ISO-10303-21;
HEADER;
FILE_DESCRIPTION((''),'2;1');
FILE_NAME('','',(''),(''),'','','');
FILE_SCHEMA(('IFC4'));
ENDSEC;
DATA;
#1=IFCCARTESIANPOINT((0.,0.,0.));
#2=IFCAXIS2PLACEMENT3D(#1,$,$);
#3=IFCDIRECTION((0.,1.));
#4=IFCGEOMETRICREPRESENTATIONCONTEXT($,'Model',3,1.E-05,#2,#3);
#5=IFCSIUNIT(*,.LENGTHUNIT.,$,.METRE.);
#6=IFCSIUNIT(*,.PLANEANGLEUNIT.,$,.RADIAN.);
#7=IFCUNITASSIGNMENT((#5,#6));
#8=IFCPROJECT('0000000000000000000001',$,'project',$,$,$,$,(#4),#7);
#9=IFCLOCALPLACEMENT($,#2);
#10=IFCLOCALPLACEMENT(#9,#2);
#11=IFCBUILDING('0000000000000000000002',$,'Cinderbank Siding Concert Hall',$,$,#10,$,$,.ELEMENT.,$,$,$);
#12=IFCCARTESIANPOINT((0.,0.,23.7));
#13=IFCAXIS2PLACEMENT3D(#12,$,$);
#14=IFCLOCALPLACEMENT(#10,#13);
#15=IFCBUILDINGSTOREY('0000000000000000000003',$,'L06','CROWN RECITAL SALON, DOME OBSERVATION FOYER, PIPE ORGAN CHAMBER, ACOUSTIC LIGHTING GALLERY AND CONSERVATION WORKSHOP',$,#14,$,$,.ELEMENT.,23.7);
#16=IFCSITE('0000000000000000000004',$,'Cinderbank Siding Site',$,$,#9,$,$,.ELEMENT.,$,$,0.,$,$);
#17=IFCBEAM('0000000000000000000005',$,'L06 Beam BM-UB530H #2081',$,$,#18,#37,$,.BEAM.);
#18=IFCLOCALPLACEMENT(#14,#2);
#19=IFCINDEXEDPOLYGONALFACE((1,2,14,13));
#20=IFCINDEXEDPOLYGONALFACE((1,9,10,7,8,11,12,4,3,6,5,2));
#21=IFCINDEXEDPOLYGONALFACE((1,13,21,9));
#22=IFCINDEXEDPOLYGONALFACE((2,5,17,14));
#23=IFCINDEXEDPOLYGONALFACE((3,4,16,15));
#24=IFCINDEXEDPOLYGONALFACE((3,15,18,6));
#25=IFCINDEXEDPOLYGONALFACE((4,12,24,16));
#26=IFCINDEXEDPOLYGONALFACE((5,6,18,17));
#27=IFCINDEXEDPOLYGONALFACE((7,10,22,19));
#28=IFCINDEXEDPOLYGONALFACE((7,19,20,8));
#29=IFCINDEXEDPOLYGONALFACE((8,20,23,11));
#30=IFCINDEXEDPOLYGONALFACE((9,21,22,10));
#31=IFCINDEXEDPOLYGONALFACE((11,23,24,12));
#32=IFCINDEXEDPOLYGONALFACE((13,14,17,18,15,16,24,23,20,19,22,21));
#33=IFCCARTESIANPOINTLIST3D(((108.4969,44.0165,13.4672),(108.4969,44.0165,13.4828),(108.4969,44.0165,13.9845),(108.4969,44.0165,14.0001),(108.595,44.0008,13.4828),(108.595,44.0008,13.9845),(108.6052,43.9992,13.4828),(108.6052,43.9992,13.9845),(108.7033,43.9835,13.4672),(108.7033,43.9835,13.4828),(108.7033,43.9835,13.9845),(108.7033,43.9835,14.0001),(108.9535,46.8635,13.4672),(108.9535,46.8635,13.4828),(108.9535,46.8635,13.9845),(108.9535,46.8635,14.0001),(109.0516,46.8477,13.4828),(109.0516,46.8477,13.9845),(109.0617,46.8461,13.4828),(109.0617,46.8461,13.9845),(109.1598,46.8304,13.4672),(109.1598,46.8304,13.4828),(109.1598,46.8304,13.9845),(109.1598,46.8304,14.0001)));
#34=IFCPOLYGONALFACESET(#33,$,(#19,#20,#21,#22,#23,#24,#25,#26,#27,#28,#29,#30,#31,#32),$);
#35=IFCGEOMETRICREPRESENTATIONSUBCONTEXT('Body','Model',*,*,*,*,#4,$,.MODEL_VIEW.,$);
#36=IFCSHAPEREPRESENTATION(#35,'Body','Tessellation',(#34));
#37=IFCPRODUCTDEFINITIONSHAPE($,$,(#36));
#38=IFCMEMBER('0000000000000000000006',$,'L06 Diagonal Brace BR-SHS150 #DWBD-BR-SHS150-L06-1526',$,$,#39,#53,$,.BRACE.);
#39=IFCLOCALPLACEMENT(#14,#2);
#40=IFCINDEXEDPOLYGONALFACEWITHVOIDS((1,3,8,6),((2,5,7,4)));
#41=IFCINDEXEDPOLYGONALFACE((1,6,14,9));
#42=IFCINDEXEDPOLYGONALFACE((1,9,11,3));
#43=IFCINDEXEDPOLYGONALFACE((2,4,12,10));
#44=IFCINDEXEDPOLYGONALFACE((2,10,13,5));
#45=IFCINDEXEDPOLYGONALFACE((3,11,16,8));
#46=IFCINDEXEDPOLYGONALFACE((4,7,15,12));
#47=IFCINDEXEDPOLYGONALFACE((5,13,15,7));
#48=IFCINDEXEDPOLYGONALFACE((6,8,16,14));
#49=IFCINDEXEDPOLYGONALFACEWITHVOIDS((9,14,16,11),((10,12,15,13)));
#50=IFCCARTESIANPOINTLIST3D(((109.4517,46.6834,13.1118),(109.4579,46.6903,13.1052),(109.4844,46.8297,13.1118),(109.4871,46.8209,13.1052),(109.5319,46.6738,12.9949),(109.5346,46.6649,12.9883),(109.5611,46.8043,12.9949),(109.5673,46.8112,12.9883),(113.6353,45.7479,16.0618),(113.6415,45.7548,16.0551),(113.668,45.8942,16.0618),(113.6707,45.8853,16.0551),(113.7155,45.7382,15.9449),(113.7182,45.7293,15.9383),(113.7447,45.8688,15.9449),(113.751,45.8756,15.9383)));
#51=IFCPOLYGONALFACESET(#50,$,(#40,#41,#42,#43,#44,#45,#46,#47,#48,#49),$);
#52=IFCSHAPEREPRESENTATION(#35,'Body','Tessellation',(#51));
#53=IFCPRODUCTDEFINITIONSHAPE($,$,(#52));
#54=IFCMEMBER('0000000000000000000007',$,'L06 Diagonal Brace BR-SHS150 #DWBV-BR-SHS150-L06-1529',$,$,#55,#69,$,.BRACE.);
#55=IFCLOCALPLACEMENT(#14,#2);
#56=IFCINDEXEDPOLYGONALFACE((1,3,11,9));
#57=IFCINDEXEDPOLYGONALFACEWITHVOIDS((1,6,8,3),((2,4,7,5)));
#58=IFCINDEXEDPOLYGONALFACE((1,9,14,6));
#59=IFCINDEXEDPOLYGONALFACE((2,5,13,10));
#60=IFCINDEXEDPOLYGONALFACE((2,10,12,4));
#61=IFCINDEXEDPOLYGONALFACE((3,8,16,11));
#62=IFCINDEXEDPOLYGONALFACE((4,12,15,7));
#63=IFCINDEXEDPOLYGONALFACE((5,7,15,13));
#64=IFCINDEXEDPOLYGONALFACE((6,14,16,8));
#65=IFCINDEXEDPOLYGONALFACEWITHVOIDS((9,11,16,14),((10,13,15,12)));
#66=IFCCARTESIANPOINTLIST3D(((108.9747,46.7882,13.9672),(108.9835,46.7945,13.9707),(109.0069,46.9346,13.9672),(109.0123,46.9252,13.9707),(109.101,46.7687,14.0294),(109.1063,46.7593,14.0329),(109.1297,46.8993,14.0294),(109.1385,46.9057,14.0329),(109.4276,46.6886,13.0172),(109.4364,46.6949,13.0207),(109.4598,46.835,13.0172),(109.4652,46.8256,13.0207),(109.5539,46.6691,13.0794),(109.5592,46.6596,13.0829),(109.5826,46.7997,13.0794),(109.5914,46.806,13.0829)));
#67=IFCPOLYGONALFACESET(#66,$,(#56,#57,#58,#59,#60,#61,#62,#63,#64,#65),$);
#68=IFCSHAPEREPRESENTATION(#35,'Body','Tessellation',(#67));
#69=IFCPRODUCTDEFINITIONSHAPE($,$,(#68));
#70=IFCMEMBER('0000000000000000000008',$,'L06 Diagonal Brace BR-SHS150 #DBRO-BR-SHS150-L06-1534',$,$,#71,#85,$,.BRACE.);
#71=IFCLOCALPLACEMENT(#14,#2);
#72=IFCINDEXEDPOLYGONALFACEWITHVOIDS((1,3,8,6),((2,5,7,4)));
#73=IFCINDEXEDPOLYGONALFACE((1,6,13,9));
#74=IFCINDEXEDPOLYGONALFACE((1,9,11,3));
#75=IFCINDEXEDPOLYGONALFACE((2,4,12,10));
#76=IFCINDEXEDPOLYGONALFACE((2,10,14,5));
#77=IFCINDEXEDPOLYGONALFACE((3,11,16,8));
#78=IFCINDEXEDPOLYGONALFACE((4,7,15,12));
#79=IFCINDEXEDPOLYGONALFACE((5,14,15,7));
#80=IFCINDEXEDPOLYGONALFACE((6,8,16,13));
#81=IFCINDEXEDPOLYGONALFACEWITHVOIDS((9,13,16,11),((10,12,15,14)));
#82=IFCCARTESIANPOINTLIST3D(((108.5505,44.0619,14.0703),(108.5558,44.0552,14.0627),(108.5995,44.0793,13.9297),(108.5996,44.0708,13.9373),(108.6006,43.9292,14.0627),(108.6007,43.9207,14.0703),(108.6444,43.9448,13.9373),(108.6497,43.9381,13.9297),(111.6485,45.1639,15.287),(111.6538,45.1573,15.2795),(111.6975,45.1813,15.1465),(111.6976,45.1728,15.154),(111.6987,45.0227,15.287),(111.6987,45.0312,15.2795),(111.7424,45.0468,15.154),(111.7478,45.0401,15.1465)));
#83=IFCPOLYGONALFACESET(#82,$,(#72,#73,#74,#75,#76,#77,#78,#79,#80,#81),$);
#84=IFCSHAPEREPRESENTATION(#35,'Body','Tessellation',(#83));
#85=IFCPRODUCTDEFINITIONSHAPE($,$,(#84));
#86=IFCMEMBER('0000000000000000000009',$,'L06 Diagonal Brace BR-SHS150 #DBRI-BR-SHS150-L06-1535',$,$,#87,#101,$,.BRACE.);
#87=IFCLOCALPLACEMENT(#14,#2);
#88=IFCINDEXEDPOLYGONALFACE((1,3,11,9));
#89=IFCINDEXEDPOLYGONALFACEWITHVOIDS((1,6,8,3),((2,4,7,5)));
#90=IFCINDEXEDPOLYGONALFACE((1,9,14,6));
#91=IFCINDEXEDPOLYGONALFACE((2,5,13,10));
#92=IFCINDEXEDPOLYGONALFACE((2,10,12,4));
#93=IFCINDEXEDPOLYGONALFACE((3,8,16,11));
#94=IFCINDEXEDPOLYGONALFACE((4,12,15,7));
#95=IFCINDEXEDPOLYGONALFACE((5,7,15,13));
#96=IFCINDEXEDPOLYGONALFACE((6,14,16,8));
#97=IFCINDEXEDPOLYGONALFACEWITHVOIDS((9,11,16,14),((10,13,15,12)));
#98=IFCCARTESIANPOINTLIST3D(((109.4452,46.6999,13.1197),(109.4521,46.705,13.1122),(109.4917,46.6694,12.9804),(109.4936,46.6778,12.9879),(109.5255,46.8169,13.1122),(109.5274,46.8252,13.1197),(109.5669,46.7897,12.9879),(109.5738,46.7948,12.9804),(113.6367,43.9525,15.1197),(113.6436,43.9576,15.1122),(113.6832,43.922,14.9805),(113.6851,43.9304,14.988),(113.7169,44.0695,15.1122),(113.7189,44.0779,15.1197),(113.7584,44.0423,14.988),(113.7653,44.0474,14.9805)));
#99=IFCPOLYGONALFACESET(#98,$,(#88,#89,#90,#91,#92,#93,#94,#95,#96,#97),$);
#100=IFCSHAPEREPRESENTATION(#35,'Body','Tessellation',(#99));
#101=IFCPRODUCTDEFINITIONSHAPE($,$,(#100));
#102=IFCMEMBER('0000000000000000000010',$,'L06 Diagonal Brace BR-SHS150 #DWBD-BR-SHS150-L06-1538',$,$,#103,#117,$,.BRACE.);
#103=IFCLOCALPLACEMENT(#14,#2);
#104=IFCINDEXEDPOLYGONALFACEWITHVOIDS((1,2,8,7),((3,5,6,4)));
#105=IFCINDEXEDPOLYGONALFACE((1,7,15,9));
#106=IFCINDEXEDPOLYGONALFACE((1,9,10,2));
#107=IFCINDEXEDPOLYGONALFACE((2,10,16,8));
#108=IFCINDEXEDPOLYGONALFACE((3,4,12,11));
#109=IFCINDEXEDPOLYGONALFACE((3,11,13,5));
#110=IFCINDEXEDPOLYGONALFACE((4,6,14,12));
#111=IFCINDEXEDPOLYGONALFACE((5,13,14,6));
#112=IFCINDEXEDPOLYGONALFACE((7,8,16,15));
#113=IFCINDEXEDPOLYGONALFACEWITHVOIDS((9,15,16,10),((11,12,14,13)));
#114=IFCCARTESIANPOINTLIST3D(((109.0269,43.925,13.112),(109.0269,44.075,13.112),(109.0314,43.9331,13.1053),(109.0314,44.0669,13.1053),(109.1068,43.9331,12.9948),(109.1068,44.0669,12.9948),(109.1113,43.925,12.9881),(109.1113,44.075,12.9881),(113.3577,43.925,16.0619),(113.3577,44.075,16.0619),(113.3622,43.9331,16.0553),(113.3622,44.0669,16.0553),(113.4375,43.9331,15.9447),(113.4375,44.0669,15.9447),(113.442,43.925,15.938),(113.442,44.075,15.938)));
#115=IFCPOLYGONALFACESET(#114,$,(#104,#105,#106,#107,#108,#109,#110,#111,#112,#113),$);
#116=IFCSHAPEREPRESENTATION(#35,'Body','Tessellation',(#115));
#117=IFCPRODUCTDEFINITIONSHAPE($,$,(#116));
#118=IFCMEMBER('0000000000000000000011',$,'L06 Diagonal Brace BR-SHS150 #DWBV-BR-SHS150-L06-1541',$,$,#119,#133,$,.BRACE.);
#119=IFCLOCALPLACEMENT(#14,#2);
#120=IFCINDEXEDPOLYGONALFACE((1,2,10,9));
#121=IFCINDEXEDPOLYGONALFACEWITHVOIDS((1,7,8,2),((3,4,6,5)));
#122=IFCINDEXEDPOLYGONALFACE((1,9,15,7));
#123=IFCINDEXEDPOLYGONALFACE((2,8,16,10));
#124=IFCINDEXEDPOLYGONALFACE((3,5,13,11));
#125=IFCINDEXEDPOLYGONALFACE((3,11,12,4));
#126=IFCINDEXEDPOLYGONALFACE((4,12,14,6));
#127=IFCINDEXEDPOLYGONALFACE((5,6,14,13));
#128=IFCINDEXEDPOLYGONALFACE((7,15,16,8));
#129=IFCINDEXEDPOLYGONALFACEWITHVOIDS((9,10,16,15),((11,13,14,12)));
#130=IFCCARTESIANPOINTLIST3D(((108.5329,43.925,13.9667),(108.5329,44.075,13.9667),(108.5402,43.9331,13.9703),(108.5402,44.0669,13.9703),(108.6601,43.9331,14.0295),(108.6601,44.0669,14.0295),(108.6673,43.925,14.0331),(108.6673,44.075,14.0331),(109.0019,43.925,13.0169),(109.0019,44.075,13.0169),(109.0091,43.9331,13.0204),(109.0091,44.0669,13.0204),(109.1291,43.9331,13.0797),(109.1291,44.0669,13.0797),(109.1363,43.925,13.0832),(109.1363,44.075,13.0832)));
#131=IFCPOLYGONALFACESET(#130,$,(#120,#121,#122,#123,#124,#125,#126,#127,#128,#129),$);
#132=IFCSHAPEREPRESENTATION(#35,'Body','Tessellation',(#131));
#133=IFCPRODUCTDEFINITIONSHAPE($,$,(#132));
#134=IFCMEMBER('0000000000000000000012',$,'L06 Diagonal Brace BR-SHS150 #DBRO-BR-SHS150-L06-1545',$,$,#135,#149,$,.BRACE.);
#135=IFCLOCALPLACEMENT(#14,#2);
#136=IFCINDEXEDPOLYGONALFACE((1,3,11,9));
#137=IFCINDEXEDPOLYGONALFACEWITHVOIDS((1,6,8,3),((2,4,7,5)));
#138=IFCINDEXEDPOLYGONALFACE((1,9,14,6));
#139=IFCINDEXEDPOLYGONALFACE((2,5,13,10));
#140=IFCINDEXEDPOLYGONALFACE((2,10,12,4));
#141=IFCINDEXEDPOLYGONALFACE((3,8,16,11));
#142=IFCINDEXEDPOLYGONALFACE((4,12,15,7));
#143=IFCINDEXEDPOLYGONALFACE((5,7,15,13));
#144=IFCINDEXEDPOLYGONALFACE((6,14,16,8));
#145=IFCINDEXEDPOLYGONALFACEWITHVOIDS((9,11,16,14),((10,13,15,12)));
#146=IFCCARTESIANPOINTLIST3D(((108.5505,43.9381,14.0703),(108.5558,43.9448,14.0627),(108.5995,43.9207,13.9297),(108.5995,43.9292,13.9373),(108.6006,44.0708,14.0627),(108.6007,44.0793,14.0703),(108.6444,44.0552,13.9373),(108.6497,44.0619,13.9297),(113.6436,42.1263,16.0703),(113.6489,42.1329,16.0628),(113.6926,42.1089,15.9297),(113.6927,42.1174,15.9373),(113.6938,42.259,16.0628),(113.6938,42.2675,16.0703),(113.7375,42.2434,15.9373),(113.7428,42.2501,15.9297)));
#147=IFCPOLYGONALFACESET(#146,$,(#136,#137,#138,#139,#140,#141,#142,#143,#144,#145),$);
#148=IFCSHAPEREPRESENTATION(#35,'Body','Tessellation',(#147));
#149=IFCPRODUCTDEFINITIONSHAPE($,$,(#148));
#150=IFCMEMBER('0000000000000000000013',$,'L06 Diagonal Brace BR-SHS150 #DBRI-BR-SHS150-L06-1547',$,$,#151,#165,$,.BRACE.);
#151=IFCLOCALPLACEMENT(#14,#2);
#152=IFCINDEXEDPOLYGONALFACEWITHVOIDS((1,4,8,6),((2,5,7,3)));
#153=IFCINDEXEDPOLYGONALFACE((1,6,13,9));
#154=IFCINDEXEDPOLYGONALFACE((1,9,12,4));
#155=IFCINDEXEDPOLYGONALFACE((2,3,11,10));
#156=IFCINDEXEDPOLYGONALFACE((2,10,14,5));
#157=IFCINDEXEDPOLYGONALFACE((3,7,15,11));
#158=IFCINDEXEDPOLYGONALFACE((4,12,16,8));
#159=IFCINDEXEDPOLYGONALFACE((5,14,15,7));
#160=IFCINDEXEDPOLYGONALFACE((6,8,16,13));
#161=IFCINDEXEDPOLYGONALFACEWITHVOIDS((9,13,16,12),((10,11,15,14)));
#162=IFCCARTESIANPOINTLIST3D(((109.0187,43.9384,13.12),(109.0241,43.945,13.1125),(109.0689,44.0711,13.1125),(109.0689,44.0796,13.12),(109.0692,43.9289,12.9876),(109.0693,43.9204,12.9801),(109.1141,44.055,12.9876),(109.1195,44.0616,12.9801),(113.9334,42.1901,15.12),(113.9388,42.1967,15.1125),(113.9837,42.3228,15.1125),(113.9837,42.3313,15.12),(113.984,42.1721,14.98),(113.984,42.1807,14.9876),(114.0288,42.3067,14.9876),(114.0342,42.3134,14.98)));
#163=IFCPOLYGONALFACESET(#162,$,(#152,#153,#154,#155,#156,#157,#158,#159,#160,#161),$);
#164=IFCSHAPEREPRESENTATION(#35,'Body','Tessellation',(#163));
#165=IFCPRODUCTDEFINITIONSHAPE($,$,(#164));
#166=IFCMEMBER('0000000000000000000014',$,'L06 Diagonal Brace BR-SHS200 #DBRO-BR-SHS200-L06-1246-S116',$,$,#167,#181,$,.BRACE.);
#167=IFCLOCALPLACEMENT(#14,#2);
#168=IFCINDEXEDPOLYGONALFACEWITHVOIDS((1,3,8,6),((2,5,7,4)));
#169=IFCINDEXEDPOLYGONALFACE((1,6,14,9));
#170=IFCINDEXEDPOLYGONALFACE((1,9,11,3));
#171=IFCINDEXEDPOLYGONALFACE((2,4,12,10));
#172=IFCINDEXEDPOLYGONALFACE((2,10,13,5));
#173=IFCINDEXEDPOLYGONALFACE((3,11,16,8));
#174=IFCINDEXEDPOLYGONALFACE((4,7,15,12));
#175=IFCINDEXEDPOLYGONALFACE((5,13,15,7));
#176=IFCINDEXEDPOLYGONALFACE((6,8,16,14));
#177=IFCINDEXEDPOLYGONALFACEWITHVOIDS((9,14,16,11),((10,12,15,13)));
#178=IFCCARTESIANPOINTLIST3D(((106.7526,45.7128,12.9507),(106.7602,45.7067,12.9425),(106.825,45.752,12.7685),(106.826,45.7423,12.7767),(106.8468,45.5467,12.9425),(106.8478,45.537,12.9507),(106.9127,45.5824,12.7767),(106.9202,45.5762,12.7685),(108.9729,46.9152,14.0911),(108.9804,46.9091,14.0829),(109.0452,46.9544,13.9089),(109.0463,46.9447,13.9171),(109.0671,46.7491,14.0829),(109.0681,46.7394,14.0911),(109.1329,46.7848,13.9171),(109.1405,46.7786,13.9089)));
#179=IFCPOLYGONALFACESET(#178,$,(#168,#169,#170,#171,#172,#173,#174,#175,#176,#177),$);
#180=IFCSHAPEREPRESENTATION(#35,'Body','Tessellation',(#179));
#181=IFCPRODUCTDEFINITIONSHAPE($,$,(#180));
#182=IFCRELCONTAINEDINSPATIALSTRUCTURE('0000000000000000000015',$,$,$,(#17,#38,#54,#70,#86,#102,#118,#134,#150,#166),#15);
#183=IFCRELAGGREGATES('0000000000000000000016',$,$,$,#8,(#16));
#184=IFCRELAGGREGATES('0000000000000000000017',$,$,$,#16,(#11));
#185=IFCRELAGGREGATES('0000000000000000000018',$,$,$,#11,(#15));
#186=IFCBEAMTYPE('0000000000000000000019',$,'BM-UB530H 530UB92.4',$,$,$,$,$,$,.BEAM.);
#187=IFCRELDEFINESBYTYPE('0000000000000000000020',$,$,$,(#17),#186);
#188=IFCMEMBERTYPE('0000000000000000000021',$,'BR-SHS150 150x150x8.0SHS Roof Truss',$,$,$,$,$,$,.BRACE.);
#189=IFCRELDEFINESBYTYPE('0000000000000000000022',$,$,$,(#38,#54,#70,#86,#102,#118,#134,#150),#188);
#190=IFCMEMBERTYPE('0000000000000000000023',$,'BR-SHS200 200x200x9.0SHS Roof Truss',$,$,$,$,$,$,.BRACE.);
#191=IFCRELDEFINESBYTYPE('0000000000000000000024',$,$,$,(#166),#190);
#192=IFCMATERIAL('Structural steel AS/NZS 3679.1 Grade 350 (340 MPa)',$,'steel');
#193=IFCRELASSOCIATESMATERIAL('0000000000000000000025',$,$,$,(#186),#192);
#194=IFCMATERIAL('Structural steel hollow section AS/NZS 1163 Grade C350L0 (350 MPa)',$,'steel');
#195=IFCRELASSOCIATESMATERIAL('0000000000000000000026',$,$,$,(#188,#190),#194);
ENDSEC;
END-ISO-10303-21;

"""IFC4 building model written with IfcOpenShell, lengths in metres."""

from ifc_helpers import new_model, si_unit, direction, frame, origin, origin_2d, place, context, subcontext, project, spatial, hollow_rectangle, i_section, extrude, material, material_profile, profile_set, type_object, element, save


model = new_model("IFC4")

# Units and contexts
model_context = context("Model", 3, precision=1e-05, world=origin(), true_north=direction((0.0, 1.0)))
body_context = subcontext(model_context, "Body", "Model", "MODEL_VIEW")
ifc_project = project(units=[si_unit("LENGTHUNIT", "METRE"), si_unit("PLANEANGLEUNIT", "RADIAN")], contexts=[model_context])

# Site, building, storey
site_placement = place(None, origin())
site = spatial("IfcSite", under=ifc_project, at=site_placement, Name="Cinderbank Siding Site", CompositionType="ELEMENT", RefElevation=0.0)
building_placement = place(site_placement, origin())
building = spatial("IfcBuilding", under=site, at=building_placement, Name="Cinderbank Siding Concert Hall", CompositionType="ELEMENT")
storey_placement = place(building_placement, frame((0.0, 0.0, 23.7)))
storey = spatial("IfcBuildingStorey", under=building, at=storey_placement, Name="L06", Description="CROWN RECITAL SALON, DOME OBSERVATION FOYER, PIPE ORGAN CHAMBER, ACOUSTIC LIGHTING GALLERY AND CONSERVATION WORKSHOP", CompositionType="ELEMENT", Elevation=23.7)

# Beam
ifc_material_1 = material(Name="Structural steel AS/NZS 3679.1 Grade 350 (340 MPa)", Category="steel")
ifc_material_profile_1 = material_profile(ifc_material_1, i_section(OverallWidth=0.209, OverallDepth=0.533, WebThickness=0.0103, FlangeThickness=0.0156, at=origin_2d()), Name="530UB92.4", Category="LoadBearing")
ifc_profile_set_1 = profile_set([ifc_material_profile_1], Name="Structural steel AS/NZS 3679.1 Grade 350 (340 MPa)")
beam_type = type_object("IfcBeamType", Name="BM-UB530H 530UB92.4", PredefinedType="BEAM", material=ifc_profile_set_1)
beam_placement = place(storey_placement, frame((109.0566, 46.8469, 13.7336), z_axis=(-0.158341, -0.987385, 0.0), x_axis=(0.987385, -0.158341, 0.0)))
element("IfcBeam", 1, at=beam_placement, inside=storey, type_object=beam_type, Name="L06 Beam BM-UB530H #2081", PredefinedType="BEAM", context=body_context, shape_type="SweptSolid", body=[
    extrude(i_section(OverallWidth=0.209, OverallDepth=0.533, WebThickness=0.0103, FlangeThickness=0.0156, at=origin_2d()), origin(), (0.0, 0.0, 1.0), 2.8833),
])

# Members
ifc_material_2 = material(Name="Structural steel hollow section AS/NZS 1163 Grade C350L0 (350 MPa)", Category="steel")
ifc_material_profile_2 = material_profile(ifc_material_2, hollow_rectangle(XDim=0.1499, YDim=0.1499, WallThickness=0.0081, at=origin_2d()), Name="150x150x8.0SHS", Category="LoadBearing")
ifc_profile_set_2 = profile_set([ifc_material_profile_2], Name="Structural steel hollow section AS/NZS 1163 Grade C350L0 (350 MPa)")
member_type_1 = type_object("IfcMemberType", Name="BR-SHS150 150x150x8.0SHS Roof Truss", PredefinedType="BRACE", material=ifc_profile_set_2)
member_1_placement = place(storey_placement, frame((109.5095, 46.7473, 13.05), z_axis=(0.803944, -0.17978, 0.56688), x_axis=(0.218233, 0.975897, 0.0)))
element("IfcMember", 2, at=member_1_placement, inside=storey, type_object=member_type_1, Name="L06 Diagonal Brace BR-SHS150 #DWBD-BR-SHS150-L06-1526", PredefinedType="BRACE", context=body_context, shape_type="SweptSolid", body=[
    extrude(hollow_rectangle(XDim=0.1499, YDim=0.1499, WallThickness=0.0081, at=origin_2d()), origin(), (0.0, 0.0, 1.0), 5.2039),
])
member_2_placement = place(storey_placement, frame((109.5095, 46.7473, 13.05), z_axis=(-0.428424, 0.09423, 0.898651), x_axis=(-0.214812, -0.976656, 0.0)))
element("IfcMember", 3, at=member_2_placement, inside=storey, type_object=member_type_1, Name="L06 Diagonal Brace BR-SHS150 #DWBV-BR-SHS150-L06-1529", PredefinedType="BRACE", context=body_context, shape_type="SweptSolid", body=[
    extrude(hollow_rectangle(XDim=0.1499, YDim=0.1499, WallThickness=0.0081, at=origin_2d()), origin(), (0.0, 0.0, 1.0), 1.0571),
])
member_3_placement = place(storey_placement, frame((108.6001, 44.0, 14.0), z_axis=(0.883613, 0.314313, 0.347039), x_axis=(-0.335141, 0.942168, 0.0)))
element("IfcMember", 4, at=member_3_placement, inside=storey, type_object=member_type_1, Name="L06 Diagonal Brace BR-SHS150 #DBRO-BR-SHS150-L06-1534", PredefinedType="BRACE", context=body_context, shape_type="SweptSolid", body=[
    extrude(hollow_rectangle(XDim=0.1499, YDim=0.1499, WallThickness=0.0081, at=origin_2d()), origin(), (0.0, 0.0, 1.0), 3.5061),
])
member_4_placement = place(storey_placement, frame((109.5095, 46.7473, 13.05), z_axis=(0.776778, -0.50915, 0.370653), x_axis=(0.548197, 0.836349, 0.0)))
element("IfcMember", 5, at=member_4_placement, inside=storey, type_object=member_type_1, Name="L06 Diagonal Brace BR-SHS150 #DBRI-BR-SHS150-L06-1535", PredefinedType="BRACE", context=body_context, shape_type="SweptSolid", body=[
    extrude(hollow_rectangle(XDim=0.1499, YDim=0.1499, WallThickness=0.0081, at=origin_2d()), origin(), (0.0, 0.0, 1.0), 5.396),
])
member_5_placement = place(storey_placement, frame((109.0691, 44.0, 13.05), z_axis=(0.826483, 0.0, 0.562962), x_axis=(0.0, 1.0, 0.0)))
element("IfcMember", 6, at=member_5_placement, inside=storey, type_object=member_type_1, Name="L06 Diagonal Brace BR-SHS150 #DWBD-BR-SHS150-L06-1538", PredefinedType="BRACE", context=body_context, shape_type="SweptSolid", body=[
    extrude(hollow_rectangle(XDim=0.1499, YDim=0.1499, WallThickness=0.0081, at=origin_2d()), origin(), (0.0, 0.0, 1.0), 5.24),
])
member_6_placement = place(storey_placement, frame((109.0691, 44.0, 13.05), z_axis=(-0.442691, 0.0, 0.896674), x_axis=(0.0, -1.0, 0.0)))
element("IfcMember", 7, at=member_6_placement, inside=storey, type_object=member_type_1, Name="L06 Diagonal Brace BR-SHS150 #DWBV-BR-SHS150-L06-1541", PredefinedType="BRACE", context=body_context, shape_type="SweptSolid", body=[
    extrude(hollow_rectangle(XDim=0.1499, YDim=0.1499, WallThickness=0.0081, at=origin_2d()), origin(), (0.0, 0.0, 1.0), 1.0593),
])
member_7_placement = place(storey_placement, frame((108.6001, 44.0, 14.0), z_axis=(0.883622, -0.314336, 0.346994), x_axis=(0.33516, 0.942161, 0.0)))
element("IfcMember", 8, at=member_7_placement, inside=storey, type_object=member_type_1, Name="L06 Diagonal Brace BR-SHS150 #DBRO-BR-SHS150-L06-1545", PredefinedType="BRACE", context=body_context, shape_type="SweptSolid", body=[
    extrude(hollow_rectangle(XDim=0.1499, YDim=0.1499, WallThickness=0.0081, at=origin_2d()), origin(), (0.0, 0.0, 1.0), 5.7639),
])
member_8_placement = place(storey_placement, frame((109.0691, 44.0, 13.05), z_axis=(0.879724, -0.312935, 0.35799), x_axis=(0.335147, 0.942166, 0.0)))
element("IfcMember", 9, at=member_8_placement, inside=storey, type_object=member_type_1, Name="L06 Diagonal Brace BR-SHS150 #DBRI-BR-SHS150-L06-1547", PredefinedType="BRACE", context=body_context, shape_type="SweptSolid", body=[
    extrude(hollow_rectangle(XDim=0.1499, YDim=0.1499, WallThickness=0.0081, at=origin_2d()), origin(), (0.0, 0.0, 1.0), 5.5867),
])
ifc_material_profile_3 = material_profile(ifc_material_2, hollow_rectangle(XDim=0.2, YDim=0.2, WallThickness=0.009, at=origin_2d()), Name="200x200x9.0SHS", Category="LoadBearing")
ifc_profile_set_3 = profile_set([ifc_material_profile_3], Name="Structural steel hollow section AS/NZS 1163 Grade C350L0 (350 MPa)")
member_type_2 = type_object("IfcMemberType", Name="BR-SHS200 200x200x9.0SHS Roof Truss", PredefinedType="BRACE", material=ifc_profile_set_3)
member_9_placement = place(storey_placement, frame((106.8364, 45.6445, 12.8596), z_axis=(0.801382, 0.434001, 0.411618), x_axis=(-0.476215, 0.879329, 0.0)))
element("IfcMember", 10, at=member_9_placement, inside=storey, type_object=member_type_2, Name="L06 Diagonal Brace BR-SHS200 #DBRO-BR-SHS200-L06-1246-S116", PredefinedType="BRACE", context=body_context, shape_type="SweptSolid", body=[
    extrude(hollow_rectangle(XDim=0.2, YDim=0.2, WallThickness=0.009, at=origin_2d()), origin(), (0.0, 0.0, 1.0), 2.7705),
])

save(model, "model.ifc")
